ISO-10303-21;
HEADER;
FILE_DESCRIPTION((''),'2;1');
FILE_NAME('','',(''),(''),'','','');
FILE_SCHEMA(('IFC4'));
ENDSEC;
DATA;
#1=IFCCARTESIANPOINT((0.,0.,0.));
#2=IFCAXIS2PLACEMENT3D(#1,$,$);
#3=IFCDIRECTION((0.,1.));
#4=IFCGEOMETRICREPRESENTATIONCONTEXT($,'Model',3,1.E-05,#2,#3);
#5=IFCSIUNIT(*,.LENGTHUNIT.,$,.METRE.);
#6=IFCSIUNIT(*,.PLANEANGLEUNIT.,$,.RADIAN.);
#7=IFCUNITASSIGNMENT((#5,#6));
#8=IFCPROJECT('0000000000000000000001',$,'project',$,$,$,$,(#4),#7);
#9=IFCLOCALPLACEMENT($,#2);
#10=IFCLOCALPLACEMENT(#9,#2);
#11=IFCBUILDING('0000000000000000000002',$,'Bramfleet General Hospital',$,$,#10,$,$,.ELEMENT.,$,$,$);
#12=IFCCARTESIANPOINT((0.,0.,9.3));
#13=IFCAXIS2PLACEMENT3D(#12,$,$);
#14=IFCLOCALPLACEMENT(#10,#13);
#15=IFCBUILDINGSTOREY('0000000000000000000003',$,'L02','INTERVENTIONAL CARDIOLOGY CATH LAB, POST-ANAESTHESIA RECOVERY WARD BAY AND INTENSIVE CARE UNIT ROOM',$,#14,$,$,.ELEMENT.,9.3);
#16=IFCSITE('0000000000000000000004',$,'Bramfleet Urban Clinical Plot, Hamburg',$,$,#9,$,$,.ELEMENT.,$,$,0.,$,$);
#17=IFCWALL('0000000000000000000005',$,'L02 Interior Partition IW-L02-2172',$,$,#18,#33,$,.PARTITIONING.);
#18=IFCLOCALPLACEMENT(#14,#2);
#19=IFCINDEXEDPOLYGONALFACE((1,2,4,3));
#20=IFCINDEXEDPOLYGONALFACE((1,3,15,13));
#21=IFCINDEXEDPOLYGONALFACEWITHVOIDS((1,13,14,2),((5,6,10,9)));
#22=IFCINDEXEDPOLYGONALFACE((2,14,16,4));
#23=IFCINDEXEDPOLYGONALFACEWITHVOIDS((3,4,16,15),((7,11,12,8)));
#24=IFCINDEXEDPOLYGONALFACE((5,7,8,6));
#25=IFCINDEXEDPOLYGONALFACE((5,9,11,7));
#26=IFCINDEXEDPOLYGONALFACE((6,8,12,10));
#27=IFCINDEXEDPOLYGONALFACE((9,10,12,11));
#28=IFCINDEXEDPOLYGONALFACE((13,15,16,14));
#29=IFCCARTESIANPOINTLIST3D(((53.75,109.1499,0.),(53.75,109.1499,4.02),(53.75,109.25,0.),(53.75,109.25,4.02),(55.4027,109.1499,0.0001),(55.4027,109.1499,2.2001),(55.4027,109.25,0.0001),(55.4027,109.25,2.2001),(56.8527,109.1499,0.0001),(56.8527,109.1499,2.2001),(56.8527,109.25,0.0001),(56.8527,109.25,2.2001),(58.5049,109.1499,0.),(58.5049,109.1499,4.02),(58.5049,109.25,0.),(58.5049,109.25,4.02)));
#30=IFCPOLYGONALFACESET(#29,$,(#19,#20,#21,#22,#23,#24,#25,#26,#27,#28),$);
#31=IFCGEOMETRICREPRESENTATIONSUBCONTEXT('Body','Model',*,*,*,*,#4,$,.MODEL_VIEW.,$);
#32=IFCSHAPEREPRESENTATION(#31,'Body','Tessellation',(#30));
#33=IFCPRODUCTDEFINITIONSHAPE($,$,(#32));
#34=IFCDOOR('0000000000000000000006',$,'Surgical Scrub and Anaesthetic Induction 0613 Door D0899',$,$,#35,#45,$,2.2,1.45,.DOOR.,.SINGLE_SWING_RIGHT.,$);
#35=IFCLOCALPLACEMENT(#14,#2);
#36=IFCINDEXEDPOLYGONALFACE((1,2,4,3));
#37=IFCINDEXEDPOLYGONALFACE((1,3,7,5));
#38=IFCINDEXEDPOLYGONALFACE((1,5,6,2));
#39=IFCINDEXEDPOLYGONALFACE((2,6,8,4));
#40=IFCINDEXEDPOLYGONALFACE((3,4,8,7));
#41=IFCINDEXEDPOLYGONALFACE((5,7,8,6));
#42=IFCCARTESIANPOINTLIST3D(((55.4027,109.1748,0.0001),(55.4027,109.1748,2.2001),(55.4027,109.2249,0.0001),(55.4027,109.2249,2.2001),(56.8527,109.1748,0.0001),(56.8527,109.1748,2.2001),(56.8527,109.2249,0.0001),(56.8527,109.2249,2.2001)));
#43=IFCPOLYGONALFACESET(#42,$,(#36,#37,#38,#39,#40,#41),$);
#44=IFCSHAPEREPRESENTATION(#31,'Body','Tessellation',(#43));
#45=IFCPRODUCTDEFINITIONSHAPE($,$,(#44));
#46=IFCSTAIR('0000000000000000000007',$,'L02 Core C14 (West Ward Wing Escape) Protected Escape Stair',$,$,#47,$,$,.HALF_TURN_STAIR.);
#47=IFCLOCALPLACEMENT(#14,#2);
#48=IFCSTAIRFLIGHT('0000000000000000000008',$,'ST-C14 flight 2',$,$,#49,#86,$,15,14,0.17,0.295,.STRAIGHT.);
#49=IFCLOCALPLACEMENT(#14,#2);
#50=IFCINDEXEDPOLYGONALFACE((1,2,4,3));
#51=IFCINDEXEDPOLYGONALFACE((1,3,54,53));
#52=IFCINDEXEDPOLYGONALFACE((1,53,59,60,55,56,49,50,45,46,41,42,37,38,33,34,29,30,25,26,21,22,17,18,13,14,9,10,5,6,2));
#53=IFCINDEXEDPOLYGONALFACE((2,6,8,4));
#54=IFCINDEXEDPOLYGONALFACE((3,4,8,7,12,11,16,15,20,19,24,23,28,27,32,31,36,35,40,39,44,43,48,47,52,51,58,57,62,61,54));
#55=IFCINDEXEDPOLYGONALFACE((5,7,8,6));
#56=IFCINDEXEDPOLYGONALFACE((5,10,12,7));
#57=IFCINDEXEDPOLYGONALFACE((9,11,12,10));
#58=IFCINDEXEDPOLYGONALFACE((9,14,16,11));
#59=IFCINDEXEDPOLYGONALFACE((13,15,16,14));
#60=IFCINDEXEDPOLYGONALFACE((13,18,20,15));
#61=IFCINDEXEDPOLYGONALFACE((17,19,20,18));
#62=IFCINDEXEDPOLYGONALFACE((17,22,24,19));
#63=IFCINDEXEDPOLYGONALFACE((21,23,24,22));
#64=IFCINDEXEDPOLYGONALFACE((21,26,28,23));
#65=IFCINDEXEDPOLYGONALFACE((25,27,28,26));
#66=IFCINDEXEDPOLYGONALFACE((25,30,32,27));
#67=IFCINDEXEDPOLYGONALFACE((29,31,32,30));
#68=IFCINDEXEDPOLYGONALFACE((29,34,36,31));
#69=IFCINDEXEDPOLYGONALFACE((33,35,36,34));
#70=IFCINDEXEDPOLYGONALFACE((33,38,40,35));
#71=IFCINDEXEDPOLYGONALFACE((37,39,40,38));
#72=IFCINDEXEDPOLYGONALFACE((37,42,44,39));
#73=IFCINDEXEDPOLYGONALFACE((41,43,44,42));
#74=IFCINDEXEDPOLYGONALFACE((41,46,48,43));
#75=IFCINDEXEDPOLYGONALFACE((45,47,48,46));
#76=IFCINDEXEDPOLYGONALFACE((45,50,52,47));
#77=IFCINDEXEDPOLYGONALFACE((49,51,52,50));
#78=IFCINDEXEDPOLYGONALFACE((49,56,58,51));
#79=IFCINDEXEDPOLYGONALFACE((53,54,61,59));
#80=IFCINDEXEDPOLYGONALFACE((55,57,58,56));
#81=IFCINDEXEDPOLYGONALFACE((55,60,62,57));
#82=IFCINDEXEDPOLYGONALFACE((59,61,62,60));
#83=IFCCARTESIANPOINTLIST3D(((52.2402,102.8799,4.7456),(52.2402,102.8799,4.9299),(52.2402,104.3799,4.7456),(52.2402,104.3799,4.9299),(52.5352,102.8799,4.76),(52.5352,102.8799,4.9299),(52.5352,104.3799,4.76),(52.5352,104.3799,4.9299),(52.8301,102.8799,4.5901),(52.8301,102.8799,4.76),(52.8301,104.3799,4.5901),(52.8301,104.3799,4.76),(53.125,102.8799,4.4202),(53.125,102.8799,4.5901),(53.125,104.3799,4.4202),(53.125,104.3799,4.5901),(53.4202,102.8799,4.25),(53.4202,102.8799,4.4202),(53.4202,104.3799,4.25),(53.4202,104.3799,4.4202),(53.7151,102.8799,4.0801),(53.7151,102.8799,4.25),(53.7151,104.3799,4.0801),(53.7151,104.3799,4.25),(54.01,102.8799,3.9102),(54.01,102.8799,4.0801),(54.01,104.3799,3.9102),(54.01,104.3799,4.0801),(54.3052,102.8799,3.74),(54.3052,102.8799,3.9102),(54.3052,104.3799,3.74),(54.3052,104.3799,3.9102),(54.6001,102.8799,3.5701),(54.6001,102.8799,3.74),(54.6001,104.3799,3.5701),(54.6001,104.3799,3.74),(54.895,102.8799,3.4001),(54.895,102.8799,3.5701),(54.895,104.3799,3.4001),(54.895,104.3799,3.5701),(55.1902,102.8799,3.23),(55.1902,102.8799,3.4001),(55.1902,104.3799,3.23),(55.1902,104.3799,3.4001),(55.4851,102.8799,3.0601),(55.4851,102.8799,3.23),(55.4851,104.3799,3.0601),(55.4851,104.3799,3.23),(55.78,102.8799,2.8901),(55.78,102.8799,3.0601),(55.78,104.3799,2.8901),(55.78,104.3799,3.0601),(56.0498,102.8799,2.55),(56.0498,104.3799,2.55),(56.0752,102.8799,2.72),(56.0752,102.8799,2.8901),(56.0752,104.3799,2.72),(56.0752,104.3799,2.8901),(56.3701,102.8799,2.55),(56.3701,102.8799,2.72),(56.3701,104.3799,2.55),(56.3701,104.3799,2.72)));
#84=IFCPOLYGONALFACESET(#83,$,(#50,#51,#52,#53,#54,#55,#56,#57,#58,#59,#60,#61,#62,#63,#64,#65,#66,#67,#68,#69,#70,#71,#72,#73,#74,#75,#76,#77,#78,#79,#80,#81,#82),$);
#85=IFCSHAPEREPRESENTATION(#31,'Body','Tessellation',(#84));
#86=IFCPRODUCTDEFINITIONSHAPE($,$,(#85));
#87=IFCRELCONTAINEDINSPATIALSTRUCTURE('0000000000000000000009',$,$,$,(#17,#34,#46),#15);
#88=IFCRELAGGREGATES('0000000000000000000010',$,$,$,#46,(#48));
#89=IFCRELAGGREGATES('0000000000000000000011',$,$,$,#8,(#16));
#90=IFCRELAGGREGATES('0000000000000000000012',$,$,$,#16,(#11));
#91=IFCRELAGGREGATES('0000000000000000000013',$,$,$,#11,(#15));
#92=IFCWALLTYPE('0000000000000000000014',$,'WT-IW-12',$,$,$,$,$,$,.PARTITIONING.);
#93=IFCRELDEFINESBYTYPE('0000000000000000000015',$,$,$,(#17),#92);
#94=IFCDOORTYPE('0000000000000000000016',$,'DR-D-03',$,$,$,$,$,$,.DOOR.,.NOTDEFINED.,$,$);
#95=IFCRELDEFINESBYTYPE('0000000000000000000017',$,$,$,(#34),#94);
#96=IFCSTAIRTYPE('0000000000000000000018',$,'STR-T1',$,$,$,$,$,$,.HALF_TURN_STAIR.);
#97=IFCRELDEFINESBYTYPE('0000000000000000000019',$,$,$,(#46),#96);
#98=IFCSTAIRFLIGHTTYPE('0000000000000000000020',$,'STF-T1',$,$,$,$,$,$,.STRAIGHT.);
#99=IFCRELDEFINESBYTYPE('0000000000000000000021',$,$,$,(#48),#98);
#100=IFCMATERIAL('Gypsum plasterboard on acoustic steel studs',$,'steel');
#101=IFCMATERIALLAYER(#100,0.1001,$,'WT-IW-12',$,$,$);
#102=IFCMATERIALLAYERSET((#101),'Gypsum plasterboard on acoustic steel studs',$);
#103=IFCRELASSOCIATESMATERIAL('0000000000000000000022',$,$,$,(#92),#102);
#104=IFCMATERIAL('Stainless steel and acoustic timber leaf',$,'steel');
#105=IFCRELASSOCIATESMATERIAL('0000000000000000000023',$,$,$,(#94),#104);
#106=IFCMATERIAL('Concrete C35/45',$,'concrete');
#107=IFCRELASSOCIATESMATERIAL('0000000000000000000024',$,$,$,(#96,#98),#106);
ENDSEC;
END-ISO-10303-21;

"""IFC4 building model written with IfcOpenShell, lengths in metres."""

from ifc_helpers import new_model, si_unit, direction, frame, frame_2d, origin, place, context, subcontext, project, spatial, polyline, rectangle, outline, extrude, material, layer, layer_set, type_object, element, fill, aggregate, save


model = new_model("IFC4")

# Units and contexts
model_context = context("Model", 3, precision=1e-05, world=origin(), true_north=direction((0.0, 1.0)))
body_context = subcontext(model_context, "Body", "Model", "MODEL_VIEW")
ifc_project = project(units=[si_unit("LENGTHUNIT", "METRE"), si_unit("PLANEANGLEUNIT", "RADIAN")], contexts=[model_context])

# Site, building, storey
site_placement = place(None, origin())
site = spatial("IfcSite", under=ifc_project, at=site_placement, Name="Bramfleet Urban Clinical Plot, Hamburg", CompositionType="ELEMENT", RefElevation=0.0)
building_placement = place(site_placement, origin())
building = spatial("IfcBuilding", under=site, at=building_placement, Name="Bramfleet General Hospital", CompositionType="ELEMENT")
storey_placement = place(building_placement, frame((0.0, 0.0, 9.3)))
storey = spatial("IfcBuildingStorey", under=building, at=storey_placement, Name="L02", Description="INTERVENTIONAL CARDIOLOGY CATH LAB, POST-ANAESTHESIA RECOVERY WARD BAY AND INTENSIVE CARE UNIT ROOM", CompositionType="ELEMENT", Elevation=9.3)

# Shared definitions
ifc_material_1 = material(Name="Concrete C35/45", Category="concrete")

# Shared definitions
ifc_material_2 = material(Name="Gypsum plasterboard on acoustic steel studs", Category="steel")
ifc_material_3 = material(Name="Stainless steel and acoustic timber leaf", Category="steel")

# Wall, opening, door
ifc_layer_1 = layer(ifc_material_2, 0.1001, Name="WT-IW-12")
ifc_layer_set_1 = layer_set([ifc_layer_1], Name="Gypsum plasterboard on acoustic steel studs")
wall_type_1 = type_object("IfcWallType", Name="WT-IW-12", PredefinedType="PARTITIONING", material=ifc_layer_set_1)
wall_1_placement = place(storey_placement, frame((53.75, 109.2, 0.0), z_axis=(0.0, 0.0, 1.0), x_axis=(1.0, 0.0, 0.0)))
wall_1 = element("IfcWall", 1, at=wall_1_placement, inside=storey, type_object=wall_type_1, Name="L02 Interior Partition IW-L02-2172", PredefinedType="PARTITIONING", context=body_context, shape_type="SweptSolid", body=[
    extrude(rectangle(XDim=4.7549, YDim=0.1001, at=frame_2d((2.3774, 0.0))), origin(), (0.0, 0.0, 1.0), 4.02),
])
opening_1_placement = place(wall_1_placement, frame((1.6526, 0.0, 0.0)))
opening_1 = element("IfcOpeningElement", 2, at=opening_1_placement, cuts=wall_1, PredefinedType="OPENING", context=body_context, shape_type="SweptSolid", body=[
    extrude(rectangle(XDim=1.45, YDim=2.2, at=frame_2d((0.7251, 1.1001))), frame((0.0, 0.0601, 0.0), z_axis=(0.0, -1.0, 0.0), x_axis=(1.0, 0.0, 0.0)), (0.0, 0.0, 1.0), 0.1201),
])
door_type_1 = type_object("IfcDoorType", Name="DR-D-03", OperationType="NOTDEFINED", PredefinedType="DOOR", material=ifc_material_3)
door_1_placement = place(opening_1_placement, origin())
door_1 = element("IfcDoor", 3, at=door_1_placement, inside=storey, type_object=door_type_1, Name="Surgical Scrub and Anaesthetic Induction 0613 Door D0899", OperationType="SINGLE_SWING_RIGHT", OverallHeight=2.2, OverallWidth=1.45, PredefinedType="DOOR", context=body_context, shape_type="SweptSolid", body=[
    extrude(rectangle(XDim=1.45, YDim=2.2, at=frame_2d((0.7251, 1.1001))), frame((0.0, 0.0249, 0.0), z_axis=(0.0, -1.0, 0.0), x_axis=(1.0, 0.0, 0.0)), (0.0, 0.0, 1.0), 0.05),
])
fill(opening_1, door_1)

# Stair, stair flight
stair_type = type_object("IfcStairType", Name="STR-T1", PredefinedType="HALF_TURN_STAIR", material=ifc_material_1)
stair_placement = place(storey_placement, origin())
stair = element("IfcStair", 4, at=stair_placement, inside=storey, type_object=stair_type, Name="L02 Core C14 (West Ward Wing Escape) Protected Escape Stair", PredefinedType="HALF_TURN_STAIR")
stair_flight_type = type_object("IfcStairFlightType", Name="STF-T1", PredefinedType="STRAIGHT", material=ifc_material_1)
stair_flight_placement = place(storey_placement, frame((56.3701, 103.6299, 2.55), z_axis=(0.0, 0.0, 1.0), x_axis=(-1.0, 0.0, 0.0)))
stair_flight = element("IfcStairFlight", 5, at=stair_flight_placement, type_object=stair_flight_type, Name="ST-C14 flight 2", NumberOfRisers=15, NumberOfTreads=14, PredefinedType="STRAIGHT", RiserHeight=0.17, TreadLength=0.295, context=body_context, shape_type="SweptSolid", body=[
    extrude(outline(polyline([(0.0, 0.0), (0.0, 0.1699), (0.2949, 0.1699), (0.2949, 0.3401), (0.5901, 0.3401), (0.5901, 0.51), (0.885, 0.51), (0.885, 0.6799), (1.1799, 0.6799), (1.1799, 0.8501), (1.4751, 0.8501), (1.4751, 1.02), (1.77, 1.02), (1.77, 1.1899), (2.0649, 1.1899), (2.0649, 1.3601), (2.3601, 1.3601), (2.3601, 1.53), (2.655, 1.53), (2.655, 1.7), (2.95, 1.7), (2.95, 1.8701), (3.2451, 1.8701), (3.2451, 2.04), (3.54, 2.04), (3.54, 2.21), (3.835, 2.21), (3.835, 2.3799), (4.1299, 2.3799), (4.1299, 2.55), (4.1299, 2.1956), (0.3203, 0.0), (0.0, 0.0)])), frame((0.0, 0.75, 0.0), z_axis=(0.0, -1.0, 0.0), x_axis=(1.0, 0.0, 0.0)), (0.0, 0.0, 1.0), 1.5),
])
aggregate(stair, [stair_flight])

save(model, "model.ifc")
